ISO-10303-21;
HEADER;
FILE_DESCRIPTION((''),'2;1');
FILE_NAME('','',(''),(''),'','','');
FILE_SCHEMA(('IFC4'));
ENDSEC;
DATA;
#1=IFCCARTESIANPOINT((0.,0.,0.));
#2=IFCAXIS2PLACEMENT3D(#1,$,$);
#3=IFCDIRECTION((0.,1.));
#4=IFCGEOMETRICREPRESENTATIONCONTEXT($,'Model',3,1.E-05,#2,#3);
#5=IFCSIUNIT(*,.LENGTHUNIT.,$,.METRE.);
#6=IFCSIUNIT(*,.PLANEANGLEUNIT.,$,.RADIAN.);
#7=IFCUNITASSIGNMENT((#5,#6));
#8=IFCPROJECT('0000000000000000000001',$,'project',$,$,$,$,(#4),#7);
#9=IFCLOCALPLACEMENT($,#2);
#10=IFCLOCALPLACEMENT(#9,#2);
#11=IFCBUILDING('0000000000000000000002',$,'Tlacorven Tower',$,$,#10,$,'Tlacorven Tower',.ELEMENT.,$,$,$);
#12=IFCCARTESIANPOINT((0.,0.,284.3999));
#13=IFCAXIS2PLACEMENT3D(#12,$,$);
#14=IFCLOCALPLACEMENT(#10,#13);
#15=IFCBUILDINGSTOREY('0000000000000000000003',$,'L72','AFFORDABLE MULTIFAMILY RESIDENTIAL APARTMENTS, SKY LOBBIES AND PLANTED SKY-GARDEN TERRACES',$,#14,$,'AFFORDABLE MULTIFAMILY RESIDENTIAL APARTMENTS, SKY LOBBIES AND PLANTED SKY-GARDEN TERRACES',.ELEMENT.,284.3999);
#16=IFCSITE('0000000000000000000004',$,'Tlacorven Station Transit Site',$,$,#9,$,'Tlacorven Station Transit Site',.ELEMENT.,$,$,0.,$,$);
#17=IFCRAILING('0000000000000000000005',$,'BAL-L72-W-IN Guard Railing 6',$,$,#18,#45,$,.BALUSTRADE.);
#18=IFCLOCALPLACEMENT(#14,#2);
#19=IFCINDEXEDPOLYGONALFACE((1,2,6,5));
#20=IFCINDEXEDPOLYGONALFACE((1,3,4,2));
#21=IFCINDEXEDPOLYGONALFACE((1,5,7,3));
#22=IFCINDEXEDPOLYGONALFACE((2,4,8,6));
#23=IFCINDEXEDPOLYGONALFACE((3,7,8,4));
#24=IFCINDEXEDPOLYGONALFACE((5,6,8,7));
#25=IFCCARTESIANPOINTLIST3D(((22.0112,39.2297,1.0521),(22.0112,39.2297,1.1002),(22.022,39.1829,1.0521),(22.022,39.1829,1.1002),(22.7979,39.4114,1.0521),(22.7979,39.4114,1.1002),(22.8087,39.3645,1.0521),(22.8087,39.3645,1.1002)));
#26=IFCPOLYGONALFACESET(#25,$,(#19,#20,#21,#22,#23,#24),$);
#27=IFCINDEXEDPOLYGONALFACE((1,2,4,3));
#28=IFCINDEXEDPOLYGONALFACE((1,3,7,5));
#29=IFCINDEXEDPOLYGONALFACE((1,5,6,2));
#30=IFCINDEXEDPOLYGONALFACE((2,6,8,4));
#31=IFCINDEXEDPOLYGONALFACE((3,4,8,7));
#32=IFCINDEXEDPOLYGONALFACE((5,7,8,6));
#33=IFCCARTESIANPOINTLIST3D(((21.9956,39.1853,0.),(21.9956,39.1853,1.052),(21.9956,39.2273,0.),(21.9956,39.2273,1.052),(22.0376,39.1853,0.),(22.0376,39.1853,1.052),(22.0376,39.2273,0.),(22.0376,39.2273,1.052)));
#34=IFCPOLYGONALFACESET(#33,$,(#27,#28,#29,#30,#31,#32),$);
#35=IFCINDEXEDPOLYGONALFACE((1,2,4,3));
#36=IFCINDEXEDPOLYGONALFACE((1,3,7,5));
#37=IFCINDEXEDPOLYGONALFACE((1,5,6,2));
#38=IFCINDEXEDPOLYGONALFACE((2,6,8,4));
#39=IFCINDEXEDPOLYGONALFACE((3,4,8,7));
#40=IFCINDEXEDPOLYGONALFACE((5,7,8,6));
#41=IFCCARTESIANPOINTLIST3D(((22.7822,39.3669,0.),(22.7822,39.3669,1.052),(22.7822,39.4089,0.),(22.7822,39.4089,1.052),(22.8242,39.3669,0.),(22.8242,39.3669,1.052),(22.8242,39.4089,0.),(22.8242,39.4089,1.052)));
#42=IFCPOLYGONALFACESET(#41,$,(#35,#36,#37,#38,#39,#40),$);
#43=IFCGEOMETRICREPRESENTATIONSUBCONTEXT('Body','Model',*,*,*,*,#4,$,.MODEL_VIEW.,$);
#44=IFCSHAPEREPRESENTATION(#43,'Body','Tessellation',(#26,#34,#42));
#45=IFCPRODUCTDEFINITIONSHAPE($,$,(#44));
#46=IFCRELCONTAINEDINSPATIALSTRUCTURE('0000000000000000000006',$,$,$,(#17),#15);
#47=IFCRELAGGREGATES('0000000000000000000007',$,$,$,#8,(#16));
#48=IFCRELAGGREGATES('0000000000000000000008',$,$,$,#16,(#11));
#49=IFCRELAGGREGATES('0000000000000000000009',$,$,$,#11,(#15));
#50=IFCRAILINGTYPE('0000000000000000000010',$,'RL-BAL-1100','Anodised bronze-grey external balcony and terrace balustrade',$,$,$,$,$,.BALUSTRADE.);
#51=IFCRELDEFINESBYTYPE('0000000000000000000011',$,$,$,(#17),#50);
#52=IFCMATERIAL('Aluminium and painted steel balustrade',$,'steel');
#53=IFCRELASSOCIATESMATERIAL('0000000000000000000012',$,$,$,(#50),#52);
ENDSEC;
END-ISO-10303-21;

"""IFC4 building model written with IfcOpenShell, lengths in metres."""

from ifc_helpers import new_model, si_unit, direction, frame, origin, origin_2d, place, context, subcontext, project, spatial, rectangle, extrude, source, transform, mapped, material, type_object, element, save


model = new_model("IFC4")

# Units and contexts
model_context = context("Model", 3, precision=1e-05, world=origin(), true_north=direction((0.0, 1.0)))
body_context = subcontext(model_context, "Body", "Model", "MODEL_VIEW")
ifc_project = project(units=[si_unit("LENGTHUNIT", "METRE"), si_unit("PLANEANGLEUNIT", "RADIAN")], contexts=[model_context])

# Site, building, storey
site_placement = place(None, origin())
site = spatial("IfcSite", under=ifc_project, at=site_placement, Name="Tlacorven Station Transit Site", LongName="Tlacorven Station Transit Site", CompositionType="ELEMENT", RefElevation=0.0)
building_placement = place(site_placement, origin())
building = spatial("IfcBuilding", under=site, at=building_placement, Name="Tlacorven Tower", LongName="Tlacorven Tower", CompositionType="ELEMENT")
storey_placement = place(building_placement, frame((0.0, 0.0, 284.3999)))
storey = spatial("IfcBuildingStorey", under=building, at=storey_placement, Name="L72", Description="AFFORDABLE MULTIFAMILY RESIDENTIAL APARTMENTS, SKY LOBBIES AND PLANTED SKY-GARDEN TERRACES", LongName="AFFORDABLE MULTIFAMILY RESIDENTIAL APARTMENTS, SKY LOBBIES AND PLANTED SKY-GARDEN TERRACES", CompositionType="ELEMENT", Elevation=284.3999)

# Railing
ifc_material_1 = material(Name="Aluminium and painted steel balustrade", Category="steel")
railing_type = type_object("IfcRailingType", Name="RL-BAL-1100", Description="Anodised bronze-grey external balcony and terrace balustrade", PredefinedType="BALUSTRADE", material=ifc_material_1)
shared_shape_1 = source(origin(), body_context, "Body", "SweptSolid", [
    extrude(rectangle(XDim=0.0481, YDim=0.0481, at=origin_2d()), frame((0.0, 0.0, 1.0762), z_axis=(0.974361, 0.224992, 0.0), x_axis=(-0.224992, 0.974361, 0.0)), (0.0, 0.0, 1.0), 0.8074),
    extrude(rectangle(XDim=0.042, YDim=0.042, at=origin_2d()), origin(), (0.0, 0.0, 1.0), 1.052),
    extrude(rectangle(XDim=0.042, YDim=0.042, at=origin_2d()), frame((0.7866, 0.1816, 0.0)), (0.0, 0.0, 1.0), 1.052),
])
railing_1_placement = place(storey_placement, frame((22.0166, 39.2063, 0.0)))
element("IfcRailing", 1, at=railing_1_placement, inside=storey, type_object=railing_type, Name="BAL-L72-W-IN Guard Railing 6", PredefinedType="BALUSTRADE", context=body_context, shape_type="MappedRepresentation", body=[
    mapped(shared_shape_1, transform((0.0, 0.0, 0.0), scale=1.0)),
])

save(model, "model.ifc")
